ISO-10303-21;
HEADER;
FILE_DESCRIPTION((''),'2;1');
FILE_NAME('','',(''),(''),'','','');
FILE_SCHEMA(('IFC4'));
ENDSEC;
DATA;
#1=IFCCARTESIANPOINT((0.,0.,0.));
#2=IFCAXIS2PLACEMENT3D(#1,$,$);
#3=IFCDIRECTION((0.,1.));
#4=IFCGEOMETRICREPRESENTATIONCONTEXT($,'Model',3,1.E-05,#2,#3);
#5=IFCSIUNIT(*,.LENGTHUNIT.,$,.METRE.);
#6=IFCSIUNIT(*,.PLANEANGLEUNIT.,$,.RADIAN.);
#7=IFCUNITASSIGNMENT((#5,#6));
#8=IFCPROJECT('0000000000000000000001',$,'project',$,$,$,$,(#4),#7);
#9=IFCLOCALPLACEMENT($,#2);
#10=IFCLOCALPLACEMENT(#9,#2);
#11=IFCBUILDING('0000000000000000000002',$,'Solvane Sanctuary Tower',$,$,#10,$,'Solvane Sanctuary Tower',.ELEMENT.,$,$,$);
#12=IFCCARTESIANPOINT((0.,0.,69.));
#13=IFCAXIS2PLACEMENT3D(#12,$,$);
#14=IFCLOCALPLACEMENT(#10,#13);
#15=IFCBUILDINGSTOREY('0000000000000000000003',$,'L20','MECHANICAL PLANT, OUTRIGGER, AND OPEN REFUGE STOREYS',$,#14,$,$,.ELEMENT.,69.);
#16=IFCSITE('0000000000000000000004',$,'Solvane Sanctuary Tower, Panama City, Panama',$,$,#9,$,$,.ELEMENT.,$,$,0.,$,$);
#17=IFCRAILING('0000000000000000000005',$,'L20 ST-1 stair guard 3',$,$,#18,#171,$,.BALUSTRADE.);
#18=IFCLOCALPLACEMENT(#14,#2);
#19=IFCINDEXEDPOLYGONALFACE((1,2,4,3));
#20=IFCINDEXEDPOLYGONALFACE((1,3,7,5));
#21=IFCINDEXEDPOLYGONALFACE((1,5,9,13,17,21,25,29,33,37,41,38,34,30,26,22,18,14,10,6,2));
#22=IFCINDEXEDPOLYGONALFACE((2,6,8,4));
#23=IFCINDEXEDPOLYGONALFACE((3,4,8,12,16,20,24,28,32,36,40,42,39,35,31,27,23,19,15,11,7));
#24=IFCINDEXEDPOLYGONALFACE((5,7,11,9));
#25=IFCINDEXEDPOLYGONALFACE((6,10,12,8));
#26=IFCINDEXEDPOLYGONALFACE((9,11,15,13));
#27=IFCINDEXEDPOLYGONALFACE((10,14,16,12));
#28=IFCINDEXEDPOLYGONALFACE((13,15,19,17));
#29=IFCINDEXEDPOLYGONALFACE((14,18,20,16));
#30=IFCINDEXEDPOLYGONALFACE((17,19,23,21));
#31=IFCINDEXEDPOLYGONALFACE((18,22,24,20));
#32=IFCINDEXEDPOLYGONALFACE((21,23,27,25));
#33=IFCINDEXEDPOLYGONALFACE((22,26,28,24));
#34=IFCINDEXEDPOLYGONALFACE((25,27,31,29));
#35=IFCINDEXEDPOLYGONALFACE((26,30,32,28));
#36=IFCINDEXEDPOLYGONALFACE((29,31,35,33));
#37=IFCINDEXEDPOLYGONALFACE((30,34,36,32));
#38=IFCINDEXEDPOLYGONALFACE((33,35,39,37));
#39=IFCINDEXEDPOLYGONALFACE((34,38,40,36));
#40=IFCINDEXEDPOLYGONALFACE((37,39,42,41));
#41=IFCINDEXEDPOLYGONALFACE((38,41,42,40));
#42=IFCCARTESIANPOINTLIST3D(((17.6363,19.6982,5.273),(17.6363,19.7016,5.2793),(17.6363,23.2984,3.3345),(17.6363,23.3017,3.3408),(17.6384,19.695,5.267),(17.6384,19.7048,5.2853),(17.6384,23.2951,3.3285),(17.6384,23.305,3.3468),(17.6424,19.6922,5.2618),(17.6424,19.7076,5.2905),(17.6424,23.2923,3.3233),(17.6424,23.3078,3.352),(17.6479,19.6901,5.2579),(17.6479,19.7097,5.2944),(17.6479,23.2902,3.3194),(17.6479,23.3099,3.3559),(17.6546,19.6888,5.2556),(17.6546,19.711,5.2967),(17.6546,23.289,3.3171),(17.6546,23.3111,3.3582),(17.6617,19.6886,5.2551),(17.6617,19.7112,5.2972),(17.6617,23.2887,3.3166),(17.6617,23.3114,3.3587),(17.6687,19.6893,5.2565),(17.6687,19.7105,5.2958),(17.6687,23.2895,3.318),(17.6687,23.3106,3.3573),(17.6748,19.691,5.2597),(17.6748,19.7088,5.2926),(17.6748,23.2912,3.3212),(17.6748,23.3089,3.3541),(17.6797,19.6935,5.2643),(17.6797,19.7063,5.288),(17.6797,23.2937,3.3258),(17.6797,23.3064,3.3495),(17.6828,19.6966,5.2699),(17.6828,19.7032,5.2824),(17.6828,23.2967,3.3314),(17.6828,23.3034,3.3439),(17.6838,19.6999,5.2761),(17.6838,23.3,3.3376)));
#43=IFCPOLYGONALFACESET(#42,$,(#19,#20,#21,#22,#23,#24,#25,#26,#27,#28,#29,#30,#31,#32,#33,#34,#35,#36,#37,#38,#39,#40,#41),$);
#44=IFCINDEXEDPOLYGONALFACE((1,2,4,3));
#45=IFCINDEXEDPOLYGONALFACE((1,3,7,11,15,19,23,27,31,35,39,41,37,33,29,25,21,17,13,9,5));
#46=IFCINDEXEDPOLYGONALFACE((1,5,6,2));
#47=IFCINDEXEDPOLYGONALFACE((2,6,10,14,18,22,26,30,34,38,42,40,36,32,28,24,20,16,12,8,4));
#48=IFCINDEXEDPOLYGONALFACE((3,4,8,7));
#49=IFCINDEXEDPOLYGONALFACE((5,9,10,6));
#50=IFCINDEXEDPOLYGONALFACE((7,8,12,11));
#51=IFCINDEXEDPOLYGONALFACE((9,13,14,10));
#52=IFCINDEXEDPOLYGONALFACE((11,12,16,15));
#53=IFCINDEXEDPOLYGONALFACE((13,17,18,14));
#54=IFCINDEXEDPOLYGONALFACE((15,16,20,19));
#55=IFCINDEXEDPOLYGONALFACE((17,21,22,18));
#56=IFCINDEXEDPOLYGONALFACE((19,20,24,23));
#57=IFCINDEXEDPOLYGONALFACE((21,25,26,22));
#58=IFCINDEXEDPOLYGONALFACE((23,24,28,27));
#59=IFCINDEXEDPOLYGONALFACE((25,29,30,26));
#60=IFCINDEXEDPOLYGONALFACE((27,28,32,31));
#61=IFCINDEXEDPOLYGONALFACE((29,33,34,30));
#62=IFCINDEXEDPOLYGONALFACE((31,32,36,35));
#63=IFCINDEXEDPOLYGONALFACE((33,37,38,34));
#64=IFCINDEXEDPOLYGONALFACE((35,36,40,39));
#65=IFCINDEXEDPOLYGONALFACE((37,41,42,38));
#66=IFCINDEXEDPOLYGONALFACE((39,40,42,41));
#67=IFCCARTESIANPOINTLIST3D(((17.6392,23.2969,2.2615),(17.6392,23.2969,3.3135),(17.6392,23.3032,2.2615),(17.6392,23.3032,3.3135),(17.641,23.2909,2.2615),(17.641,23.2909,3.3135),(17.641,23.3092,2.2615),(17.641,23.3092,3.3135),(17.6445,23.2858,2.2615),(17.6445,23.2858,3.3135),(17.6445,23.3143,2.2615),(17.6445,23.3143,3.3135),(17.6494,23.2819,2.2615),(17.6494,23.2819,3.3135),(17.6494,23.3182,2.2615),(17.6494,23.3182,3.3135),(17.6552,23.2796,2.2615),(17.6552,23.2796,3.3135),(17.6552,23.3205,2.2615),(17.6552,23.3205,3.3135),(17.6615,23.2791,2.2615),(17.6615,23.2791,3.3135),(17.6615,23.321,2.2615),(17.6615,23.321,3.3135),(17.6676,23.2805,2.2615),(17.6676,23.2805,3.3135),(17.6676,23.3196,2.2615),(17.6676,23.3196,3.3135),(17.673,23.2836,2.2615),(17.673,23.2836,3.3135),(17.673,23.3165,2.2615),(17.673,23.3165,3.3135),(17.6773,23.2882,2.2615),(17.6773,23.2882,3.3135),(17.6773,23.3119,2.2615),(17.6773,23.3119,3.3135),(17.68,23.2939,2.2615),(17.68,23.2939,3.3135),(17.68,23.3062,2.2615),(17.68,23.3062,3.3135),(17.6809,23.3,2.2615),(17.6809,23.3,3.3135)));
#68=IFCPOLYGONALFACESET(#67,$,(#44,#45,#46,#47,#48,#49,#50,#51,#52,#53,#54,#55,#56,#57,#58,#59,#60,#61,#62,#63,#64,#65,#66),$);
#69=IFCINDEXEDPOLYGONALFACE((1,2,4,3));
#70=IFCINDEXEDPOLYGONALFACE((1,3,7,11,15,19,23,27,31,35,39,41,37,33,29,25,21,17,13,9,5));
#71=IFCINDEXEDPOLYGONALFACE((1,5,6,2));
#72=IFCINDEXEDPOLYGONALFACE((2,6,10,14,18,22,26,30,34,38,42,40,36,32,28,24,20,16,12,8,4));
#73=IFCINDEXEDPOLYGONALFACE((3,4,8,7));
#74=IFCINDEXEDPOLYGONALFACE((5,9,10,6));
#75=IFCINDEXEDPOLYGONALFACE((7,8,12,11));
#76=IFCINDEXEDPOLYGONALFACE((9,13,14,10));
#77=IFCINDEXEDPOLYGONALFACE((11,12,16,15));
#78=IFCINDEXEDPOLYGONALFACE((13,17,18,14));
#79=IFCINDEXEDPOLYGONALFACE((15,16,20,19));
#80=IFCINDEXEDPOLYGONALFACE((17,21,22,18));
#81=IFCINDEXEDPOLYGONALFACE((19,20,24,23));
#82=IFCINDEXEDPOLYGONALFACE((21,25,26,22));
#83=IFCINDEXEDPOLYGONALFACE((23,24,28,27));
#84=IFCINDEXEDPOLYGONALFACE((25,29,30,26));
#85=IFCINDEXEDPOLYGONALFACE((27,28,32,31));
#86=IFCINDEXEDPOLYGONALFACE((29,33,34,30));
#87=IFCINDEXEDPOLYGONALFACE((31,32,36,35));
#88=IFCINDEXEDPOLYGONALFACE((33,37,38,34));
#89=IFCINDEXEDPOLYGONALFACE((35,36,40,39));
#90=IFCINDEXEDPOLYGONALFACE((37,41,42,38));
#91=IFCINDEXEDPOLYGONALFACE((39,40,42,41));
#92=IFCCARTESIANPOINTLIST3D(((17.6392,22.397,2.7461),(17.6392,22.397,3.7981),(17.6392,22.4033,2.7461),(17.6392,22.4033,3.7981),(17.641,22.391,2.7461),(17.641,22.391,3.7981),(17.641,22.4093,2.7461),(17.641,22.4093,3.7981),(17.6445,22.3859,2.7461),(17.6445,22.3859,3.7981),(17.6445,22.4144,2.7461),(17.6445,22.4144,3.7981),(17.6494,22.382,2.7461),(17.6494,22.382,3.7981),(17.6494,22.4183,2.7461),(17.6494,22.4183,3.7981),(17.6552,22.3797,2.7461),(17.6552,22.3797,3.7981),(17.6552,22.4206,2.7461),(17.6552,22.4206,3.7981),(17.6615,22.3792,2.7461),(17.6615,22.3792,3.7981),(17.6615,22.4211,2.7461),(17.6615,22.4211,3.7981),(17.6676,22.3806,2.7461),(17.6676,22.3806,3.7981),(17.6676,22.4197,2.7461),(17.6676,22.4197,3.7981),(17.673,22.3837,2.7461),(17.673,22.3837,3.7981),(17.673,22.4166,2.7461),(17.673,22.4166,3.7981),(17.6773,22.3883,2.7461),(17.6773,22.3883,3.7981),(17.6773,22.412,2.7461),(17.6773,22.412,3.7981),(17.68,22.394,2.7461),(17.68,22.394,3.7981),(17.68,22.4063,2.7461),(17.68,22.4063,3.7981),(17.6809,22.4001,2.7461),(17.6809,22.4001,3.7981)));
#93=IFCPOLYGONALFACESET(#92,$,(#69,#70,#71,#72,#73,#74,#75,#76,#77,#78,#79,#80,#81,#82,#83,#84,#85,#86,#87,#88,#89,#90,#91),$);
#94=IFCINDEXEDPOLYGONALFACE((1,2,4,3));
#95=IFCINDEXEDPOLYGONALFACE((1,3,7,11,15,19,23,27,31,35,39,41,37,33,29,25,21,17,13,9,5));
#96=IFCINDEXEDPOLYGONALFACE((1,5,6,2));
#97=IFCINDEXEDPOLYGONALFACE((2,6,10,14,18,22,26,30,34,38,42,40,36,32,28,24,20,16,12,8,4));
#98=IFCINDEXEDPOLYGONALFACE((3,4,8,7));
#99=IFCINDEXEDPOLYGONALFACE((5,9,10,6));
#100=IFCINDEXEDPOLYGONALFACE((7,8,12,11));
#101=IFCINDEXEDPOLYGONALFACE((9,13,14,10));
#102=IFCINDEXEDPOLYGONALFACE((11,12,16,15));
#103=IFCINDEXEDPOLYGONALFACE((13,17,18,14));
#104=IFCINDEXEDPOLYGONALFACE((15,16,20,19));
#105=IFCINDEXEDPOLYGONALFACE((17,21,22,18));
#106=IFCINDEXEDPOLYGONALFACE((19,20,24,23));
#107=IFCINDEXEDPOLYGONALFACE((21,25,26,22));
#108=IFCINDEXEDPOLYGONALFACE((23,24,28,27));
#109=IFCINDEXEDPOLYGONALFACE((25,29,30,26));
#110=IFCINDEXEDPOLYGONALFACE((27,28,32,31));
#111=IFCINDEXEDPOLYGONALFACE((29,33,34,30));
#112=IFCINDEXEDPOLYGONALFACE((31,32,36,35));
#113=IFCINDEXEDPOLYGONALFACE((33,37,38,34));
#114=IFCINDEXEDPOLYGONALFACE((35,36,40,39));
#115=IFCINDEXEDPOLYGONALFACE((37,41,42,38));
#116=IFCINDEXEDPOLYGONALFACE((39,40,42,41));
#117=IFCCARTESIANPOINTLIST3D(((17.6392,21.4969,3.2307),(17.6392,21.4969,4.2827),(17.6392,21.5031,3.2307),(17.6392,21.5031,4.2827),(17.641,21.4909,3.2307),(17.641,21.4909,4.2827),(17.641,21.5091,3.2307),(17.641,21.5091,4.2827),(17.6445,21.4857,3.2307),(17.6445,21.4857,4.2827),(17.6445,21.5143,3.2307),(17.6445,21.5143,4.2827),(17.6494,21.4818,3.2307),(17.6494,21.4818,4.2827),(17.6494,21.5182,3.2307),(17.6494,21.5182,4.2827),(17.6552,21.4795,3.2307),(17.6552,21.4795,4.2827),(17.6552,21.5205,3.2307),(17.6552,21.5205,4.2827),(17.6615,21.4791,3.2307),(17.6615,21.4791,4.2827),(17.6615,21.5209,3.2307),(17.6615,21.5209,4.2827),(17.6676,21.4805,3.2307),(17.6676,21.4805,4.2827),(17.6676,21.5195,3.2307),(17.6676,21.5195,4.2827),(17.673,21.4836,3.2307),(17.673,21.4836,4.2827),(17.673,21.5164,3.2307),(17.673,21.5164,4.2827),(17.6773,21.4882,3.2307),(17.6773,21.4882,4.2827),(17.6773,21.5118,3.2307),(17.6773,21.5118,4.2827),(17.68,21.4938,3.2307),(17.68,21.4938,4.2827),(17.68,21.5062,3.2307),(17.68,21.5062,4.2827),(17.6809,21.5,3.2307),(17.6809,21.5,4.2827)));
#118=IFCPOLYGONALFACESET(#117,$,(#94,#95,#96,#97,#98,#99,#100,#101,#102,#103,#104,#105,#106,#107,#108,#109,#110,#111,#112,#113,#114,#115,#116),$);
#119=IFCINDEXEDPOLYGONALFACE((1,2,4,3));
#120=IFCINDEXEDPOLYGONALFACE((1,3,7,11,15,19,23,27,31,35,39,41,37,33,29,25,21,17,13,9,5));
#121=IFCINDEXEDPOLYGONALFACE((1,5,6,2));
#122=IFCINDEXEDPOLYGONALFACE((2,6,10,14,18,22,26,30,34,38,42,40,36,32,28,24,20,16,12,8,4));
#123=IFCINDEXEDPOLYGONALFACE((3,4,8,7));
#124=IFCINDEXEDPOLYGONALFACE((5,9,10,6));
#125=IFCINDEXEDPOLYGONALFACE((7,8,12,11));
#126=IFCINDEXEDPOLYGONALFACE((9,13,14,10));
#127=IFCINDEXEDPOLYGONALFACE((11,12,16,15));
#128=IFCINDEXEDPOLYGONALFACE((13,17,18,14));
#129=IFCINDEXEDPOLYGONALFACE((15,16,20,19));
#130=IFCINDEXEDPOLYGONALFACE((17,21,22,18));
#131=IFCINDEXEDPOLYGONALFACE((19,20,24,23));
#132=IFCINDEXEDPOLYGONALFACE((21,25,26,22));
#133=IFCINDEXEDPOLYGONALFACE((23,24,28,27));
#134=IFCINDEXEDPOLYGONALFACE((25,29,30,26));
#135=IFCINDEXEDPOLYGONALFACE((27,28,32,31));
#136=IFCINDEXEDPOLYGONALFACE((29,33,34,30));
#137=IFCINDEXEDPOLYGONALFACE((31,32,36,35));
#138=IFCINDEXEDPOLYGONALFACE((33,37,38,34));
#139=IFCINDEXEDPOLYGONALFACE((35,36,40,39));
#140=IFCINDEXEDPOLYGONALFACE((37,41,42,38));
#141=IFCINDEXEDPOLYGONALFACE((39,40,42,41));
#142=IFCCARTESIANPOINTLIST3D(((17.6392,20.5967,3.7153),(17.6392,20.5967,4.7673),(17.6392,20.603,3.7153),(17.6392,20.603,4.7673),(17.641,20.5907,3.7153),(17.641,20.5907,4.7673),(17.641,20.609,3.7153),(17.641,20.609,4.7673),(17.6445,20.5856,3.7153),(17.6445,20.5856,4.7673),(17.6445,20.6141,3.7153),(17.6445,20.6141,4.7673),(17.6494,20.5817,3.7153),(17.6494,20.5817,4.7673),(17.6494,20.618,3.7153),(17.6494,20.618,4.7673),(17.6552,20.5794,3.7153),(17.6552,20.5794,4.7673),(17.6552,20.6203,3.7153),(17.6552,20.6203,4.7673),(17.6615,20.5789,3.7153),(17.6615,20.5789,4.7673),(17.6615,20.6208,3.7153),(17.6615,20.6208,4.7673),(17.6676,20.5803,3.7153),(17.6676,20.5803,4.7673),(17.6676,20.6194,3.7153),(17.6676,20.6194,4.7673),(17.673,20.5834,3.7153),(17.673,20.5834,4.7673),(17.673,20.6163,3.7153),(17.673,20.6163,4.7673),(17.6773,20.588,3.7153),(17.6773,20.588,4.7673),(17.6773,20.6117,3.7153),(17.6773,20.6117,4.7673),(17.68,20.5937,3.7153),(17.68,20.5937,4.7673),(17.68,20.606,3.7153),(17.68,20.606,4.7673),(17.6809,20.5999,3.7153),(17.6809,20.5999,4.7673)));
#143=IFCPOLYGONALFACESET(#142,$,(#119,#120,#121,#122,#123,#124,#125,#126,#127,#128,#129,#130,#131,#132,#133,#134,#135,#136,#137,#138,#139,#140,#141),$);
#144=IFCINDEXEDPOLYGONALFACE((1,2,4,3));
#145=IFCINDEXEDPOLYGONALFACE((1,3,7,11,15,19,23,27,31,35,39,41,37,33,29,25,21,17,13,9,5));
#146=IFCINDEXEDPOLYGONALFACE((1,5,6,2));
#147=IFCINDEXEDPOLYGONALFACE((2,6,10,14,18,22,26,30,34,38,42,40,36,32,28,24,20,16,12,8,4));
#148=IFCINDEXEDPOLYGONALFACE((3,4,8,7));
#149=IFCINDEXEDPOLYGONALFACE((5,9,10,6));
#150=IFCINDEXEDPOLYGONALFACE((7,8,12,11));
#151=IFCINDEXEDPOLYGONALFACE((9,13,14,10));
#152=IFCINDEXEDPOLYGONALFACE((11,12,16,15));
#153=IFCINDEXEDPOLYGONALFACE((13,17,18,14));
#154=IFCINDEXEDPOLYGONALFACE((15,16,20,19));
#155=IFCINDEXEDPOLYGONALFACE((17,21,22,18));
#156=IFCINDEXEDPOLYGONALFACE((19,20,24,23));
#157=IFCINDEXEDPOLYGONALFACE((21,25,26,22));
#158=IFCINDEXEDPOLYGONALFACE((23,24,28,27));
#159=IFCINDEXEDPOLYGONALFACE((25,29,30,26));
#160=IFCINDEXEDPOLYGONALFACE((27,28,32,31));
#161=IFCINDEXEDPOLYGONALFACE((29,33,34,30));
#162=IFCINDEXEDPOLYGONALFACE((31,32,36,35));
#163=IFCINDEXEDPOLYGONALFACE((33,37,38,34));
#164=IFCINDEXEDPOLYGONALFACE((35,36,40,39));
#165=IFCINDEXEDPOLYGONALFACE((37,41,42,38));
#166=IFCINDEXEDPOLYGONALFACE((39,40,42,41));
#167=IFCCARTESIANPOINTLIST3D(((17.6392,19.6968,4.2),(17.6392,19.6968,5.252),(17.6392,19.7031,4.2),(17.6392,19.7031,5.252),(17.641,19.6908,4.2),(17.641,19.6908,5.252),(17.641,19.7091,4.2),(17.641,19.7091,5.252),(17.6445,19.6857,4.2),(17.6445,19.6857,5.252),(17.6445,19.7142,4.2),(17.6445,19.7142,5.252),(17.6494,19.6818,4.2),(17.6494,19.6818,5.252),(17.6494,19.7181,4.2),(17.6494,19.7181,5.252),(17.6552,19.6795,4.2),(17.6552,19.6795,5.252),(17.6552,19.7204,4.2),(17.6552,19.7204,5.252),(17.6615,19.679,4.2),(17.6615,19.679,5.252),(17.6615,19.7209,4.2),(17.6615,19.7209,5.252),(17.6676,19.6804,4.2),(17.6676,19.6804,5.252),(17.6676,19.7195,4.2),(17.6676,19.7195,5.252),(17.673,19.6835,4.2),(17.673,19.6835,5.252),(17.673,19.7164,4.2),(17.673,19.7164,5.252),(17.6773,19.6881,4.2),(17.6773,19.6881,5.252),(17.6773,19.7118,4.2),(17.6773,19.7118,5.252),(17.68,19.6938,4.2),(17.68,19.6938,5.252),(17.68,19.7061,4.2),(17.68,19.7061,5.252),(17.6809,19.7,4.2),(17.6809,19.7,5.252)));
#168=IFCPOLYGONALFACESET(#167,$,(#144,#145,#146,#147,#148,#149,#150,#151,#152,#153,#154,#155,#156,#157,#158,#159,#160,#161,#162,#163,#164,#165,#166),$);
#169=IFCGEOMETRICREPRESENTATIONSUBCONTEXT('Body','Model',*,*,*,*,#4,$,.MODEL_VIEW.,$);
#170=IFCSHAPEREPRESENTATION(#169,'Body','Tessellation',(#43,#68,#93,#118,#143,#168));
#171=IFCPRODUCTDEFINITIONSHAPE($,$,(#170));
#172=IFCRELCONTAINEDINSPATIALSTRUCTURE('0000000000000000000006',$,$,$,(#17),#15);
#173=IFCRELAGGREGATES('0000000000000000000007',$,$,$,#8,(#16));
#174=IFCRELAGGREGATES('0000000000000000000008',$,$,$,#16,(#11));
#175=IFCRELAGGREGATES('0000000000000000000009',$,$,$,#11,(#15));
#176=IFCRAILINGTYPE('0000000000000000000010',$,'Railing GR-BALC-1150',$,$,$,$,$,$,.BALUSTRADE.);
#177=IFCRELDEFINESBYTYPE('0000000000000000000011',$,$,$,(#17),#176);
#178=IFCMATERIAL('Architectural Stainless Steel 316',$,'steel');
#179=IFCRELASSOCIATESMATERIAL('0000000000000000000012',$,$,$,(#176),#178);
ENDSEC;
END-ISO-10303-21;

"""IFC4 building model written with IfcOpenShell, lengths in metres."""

from ifc_helpers import new_model, si_unit, direction, frame, origin, origin_2d, place, context, subcontext, project, spatial, circle, extrude, material, type_object, element, save


model = new_model("IFC4")

# Units and contexts
model_context = context("Model", 3, precision=1e-05, world=origin(), true_north=direction((0.0, 1.0)))
body_context = subcontext(model_context, "Body", "Model", "MODEL_VIEW")
ifc_project = project(units=[si_unit("LENGTHUNIT", "METRE"), si_unit("PLANEANGLEUNIT", "RADIAN")], contexts=[model_context])

# Site, building, storey
site_placement = place(None, origin())
site = spatial("IfcSite", under=ifc_project, at=site_placement, Name="Solvane Sanctuary Tower, Panama City, Panama", CompositionType="ELEMENT", RefElevation=0.0)
building_placement = place(site_placement, origin())
building = spatial("IfcBuilding", under=site, at=building_placement, Name="Solvane Sanctuary Tower", LongName="Solvane Sanctuary Tower", CompositionType="ELEMENT")
storey_placement = place(building_placement, frame((0.0, 0.0, 69.0)))
storey = spatial("IfcBuildingStorey", under=building, at=storey_placement, Name="L20", Description="MECHANICAL PLANT, OUTRIGGER, AND OPEN REFUGE STOREYS", CompositionType="ELEMENT", Elevation=69.0)

# Shared definitions
ifc_material_1 = material(Name="Architectural Stainless Steel 316", Category="steel")

# Railing
railing_type_1 = type_object("IfcRailingType", Name="Railing GR-BALC-1150", PredefinedType="BALUSTRADE", material=ifc_material_1)
railing_1_placement = place(storey_placement, frame((17.6599, 23.3, 2.2615)))
element("IfcRailing", 1, at=railing_1_placement, inside=storey, type_object=railing_type_1, Name="L20 ST-1 stair guard 3", PredefinedType="BALUSTRADE", context=body_context, shape_type="SweptSolid", body=[
    extrude(circle(Radius=0.0239, at=origin_2d()), frame((0.0, 0.0, 1.0762), z_axis=(0.0, -0.880475, 0.474093), x_axis=(1.0, 0.0, 0.0)), (0.0, 0.0, 1.0), 4.0889),
    extrude(circle(Radius=0.021, at=origin_2d()), origin(), (0.0, 0.0, 1.0), 1.052),
    extrude(circle(Radius=0.021, at=origin_2d()), frame((0.0, -0.8999, 0.4846)), (0.0, 0.0, 1.0), 1.052),
    extrude(circle(Radius=0.021, at=origin_2d()), frame((0.0, -1.8, 0.9692)), (0.0, 0.0, 1.0), 1.052),
    extrude(circle(Radius=0.021, at=origin_2d()), frame((0.0, -2.7002, 1.4539)), (0.0, 0.0, 1.0), 1.052),
    extrude(circle(Radius=0.021, at=origin_2d()), frame((0.0, -3.6001, 1.9385)), (0.0, 0.0, 1.0), 1.052),
])

save(model, "model.ifc")
